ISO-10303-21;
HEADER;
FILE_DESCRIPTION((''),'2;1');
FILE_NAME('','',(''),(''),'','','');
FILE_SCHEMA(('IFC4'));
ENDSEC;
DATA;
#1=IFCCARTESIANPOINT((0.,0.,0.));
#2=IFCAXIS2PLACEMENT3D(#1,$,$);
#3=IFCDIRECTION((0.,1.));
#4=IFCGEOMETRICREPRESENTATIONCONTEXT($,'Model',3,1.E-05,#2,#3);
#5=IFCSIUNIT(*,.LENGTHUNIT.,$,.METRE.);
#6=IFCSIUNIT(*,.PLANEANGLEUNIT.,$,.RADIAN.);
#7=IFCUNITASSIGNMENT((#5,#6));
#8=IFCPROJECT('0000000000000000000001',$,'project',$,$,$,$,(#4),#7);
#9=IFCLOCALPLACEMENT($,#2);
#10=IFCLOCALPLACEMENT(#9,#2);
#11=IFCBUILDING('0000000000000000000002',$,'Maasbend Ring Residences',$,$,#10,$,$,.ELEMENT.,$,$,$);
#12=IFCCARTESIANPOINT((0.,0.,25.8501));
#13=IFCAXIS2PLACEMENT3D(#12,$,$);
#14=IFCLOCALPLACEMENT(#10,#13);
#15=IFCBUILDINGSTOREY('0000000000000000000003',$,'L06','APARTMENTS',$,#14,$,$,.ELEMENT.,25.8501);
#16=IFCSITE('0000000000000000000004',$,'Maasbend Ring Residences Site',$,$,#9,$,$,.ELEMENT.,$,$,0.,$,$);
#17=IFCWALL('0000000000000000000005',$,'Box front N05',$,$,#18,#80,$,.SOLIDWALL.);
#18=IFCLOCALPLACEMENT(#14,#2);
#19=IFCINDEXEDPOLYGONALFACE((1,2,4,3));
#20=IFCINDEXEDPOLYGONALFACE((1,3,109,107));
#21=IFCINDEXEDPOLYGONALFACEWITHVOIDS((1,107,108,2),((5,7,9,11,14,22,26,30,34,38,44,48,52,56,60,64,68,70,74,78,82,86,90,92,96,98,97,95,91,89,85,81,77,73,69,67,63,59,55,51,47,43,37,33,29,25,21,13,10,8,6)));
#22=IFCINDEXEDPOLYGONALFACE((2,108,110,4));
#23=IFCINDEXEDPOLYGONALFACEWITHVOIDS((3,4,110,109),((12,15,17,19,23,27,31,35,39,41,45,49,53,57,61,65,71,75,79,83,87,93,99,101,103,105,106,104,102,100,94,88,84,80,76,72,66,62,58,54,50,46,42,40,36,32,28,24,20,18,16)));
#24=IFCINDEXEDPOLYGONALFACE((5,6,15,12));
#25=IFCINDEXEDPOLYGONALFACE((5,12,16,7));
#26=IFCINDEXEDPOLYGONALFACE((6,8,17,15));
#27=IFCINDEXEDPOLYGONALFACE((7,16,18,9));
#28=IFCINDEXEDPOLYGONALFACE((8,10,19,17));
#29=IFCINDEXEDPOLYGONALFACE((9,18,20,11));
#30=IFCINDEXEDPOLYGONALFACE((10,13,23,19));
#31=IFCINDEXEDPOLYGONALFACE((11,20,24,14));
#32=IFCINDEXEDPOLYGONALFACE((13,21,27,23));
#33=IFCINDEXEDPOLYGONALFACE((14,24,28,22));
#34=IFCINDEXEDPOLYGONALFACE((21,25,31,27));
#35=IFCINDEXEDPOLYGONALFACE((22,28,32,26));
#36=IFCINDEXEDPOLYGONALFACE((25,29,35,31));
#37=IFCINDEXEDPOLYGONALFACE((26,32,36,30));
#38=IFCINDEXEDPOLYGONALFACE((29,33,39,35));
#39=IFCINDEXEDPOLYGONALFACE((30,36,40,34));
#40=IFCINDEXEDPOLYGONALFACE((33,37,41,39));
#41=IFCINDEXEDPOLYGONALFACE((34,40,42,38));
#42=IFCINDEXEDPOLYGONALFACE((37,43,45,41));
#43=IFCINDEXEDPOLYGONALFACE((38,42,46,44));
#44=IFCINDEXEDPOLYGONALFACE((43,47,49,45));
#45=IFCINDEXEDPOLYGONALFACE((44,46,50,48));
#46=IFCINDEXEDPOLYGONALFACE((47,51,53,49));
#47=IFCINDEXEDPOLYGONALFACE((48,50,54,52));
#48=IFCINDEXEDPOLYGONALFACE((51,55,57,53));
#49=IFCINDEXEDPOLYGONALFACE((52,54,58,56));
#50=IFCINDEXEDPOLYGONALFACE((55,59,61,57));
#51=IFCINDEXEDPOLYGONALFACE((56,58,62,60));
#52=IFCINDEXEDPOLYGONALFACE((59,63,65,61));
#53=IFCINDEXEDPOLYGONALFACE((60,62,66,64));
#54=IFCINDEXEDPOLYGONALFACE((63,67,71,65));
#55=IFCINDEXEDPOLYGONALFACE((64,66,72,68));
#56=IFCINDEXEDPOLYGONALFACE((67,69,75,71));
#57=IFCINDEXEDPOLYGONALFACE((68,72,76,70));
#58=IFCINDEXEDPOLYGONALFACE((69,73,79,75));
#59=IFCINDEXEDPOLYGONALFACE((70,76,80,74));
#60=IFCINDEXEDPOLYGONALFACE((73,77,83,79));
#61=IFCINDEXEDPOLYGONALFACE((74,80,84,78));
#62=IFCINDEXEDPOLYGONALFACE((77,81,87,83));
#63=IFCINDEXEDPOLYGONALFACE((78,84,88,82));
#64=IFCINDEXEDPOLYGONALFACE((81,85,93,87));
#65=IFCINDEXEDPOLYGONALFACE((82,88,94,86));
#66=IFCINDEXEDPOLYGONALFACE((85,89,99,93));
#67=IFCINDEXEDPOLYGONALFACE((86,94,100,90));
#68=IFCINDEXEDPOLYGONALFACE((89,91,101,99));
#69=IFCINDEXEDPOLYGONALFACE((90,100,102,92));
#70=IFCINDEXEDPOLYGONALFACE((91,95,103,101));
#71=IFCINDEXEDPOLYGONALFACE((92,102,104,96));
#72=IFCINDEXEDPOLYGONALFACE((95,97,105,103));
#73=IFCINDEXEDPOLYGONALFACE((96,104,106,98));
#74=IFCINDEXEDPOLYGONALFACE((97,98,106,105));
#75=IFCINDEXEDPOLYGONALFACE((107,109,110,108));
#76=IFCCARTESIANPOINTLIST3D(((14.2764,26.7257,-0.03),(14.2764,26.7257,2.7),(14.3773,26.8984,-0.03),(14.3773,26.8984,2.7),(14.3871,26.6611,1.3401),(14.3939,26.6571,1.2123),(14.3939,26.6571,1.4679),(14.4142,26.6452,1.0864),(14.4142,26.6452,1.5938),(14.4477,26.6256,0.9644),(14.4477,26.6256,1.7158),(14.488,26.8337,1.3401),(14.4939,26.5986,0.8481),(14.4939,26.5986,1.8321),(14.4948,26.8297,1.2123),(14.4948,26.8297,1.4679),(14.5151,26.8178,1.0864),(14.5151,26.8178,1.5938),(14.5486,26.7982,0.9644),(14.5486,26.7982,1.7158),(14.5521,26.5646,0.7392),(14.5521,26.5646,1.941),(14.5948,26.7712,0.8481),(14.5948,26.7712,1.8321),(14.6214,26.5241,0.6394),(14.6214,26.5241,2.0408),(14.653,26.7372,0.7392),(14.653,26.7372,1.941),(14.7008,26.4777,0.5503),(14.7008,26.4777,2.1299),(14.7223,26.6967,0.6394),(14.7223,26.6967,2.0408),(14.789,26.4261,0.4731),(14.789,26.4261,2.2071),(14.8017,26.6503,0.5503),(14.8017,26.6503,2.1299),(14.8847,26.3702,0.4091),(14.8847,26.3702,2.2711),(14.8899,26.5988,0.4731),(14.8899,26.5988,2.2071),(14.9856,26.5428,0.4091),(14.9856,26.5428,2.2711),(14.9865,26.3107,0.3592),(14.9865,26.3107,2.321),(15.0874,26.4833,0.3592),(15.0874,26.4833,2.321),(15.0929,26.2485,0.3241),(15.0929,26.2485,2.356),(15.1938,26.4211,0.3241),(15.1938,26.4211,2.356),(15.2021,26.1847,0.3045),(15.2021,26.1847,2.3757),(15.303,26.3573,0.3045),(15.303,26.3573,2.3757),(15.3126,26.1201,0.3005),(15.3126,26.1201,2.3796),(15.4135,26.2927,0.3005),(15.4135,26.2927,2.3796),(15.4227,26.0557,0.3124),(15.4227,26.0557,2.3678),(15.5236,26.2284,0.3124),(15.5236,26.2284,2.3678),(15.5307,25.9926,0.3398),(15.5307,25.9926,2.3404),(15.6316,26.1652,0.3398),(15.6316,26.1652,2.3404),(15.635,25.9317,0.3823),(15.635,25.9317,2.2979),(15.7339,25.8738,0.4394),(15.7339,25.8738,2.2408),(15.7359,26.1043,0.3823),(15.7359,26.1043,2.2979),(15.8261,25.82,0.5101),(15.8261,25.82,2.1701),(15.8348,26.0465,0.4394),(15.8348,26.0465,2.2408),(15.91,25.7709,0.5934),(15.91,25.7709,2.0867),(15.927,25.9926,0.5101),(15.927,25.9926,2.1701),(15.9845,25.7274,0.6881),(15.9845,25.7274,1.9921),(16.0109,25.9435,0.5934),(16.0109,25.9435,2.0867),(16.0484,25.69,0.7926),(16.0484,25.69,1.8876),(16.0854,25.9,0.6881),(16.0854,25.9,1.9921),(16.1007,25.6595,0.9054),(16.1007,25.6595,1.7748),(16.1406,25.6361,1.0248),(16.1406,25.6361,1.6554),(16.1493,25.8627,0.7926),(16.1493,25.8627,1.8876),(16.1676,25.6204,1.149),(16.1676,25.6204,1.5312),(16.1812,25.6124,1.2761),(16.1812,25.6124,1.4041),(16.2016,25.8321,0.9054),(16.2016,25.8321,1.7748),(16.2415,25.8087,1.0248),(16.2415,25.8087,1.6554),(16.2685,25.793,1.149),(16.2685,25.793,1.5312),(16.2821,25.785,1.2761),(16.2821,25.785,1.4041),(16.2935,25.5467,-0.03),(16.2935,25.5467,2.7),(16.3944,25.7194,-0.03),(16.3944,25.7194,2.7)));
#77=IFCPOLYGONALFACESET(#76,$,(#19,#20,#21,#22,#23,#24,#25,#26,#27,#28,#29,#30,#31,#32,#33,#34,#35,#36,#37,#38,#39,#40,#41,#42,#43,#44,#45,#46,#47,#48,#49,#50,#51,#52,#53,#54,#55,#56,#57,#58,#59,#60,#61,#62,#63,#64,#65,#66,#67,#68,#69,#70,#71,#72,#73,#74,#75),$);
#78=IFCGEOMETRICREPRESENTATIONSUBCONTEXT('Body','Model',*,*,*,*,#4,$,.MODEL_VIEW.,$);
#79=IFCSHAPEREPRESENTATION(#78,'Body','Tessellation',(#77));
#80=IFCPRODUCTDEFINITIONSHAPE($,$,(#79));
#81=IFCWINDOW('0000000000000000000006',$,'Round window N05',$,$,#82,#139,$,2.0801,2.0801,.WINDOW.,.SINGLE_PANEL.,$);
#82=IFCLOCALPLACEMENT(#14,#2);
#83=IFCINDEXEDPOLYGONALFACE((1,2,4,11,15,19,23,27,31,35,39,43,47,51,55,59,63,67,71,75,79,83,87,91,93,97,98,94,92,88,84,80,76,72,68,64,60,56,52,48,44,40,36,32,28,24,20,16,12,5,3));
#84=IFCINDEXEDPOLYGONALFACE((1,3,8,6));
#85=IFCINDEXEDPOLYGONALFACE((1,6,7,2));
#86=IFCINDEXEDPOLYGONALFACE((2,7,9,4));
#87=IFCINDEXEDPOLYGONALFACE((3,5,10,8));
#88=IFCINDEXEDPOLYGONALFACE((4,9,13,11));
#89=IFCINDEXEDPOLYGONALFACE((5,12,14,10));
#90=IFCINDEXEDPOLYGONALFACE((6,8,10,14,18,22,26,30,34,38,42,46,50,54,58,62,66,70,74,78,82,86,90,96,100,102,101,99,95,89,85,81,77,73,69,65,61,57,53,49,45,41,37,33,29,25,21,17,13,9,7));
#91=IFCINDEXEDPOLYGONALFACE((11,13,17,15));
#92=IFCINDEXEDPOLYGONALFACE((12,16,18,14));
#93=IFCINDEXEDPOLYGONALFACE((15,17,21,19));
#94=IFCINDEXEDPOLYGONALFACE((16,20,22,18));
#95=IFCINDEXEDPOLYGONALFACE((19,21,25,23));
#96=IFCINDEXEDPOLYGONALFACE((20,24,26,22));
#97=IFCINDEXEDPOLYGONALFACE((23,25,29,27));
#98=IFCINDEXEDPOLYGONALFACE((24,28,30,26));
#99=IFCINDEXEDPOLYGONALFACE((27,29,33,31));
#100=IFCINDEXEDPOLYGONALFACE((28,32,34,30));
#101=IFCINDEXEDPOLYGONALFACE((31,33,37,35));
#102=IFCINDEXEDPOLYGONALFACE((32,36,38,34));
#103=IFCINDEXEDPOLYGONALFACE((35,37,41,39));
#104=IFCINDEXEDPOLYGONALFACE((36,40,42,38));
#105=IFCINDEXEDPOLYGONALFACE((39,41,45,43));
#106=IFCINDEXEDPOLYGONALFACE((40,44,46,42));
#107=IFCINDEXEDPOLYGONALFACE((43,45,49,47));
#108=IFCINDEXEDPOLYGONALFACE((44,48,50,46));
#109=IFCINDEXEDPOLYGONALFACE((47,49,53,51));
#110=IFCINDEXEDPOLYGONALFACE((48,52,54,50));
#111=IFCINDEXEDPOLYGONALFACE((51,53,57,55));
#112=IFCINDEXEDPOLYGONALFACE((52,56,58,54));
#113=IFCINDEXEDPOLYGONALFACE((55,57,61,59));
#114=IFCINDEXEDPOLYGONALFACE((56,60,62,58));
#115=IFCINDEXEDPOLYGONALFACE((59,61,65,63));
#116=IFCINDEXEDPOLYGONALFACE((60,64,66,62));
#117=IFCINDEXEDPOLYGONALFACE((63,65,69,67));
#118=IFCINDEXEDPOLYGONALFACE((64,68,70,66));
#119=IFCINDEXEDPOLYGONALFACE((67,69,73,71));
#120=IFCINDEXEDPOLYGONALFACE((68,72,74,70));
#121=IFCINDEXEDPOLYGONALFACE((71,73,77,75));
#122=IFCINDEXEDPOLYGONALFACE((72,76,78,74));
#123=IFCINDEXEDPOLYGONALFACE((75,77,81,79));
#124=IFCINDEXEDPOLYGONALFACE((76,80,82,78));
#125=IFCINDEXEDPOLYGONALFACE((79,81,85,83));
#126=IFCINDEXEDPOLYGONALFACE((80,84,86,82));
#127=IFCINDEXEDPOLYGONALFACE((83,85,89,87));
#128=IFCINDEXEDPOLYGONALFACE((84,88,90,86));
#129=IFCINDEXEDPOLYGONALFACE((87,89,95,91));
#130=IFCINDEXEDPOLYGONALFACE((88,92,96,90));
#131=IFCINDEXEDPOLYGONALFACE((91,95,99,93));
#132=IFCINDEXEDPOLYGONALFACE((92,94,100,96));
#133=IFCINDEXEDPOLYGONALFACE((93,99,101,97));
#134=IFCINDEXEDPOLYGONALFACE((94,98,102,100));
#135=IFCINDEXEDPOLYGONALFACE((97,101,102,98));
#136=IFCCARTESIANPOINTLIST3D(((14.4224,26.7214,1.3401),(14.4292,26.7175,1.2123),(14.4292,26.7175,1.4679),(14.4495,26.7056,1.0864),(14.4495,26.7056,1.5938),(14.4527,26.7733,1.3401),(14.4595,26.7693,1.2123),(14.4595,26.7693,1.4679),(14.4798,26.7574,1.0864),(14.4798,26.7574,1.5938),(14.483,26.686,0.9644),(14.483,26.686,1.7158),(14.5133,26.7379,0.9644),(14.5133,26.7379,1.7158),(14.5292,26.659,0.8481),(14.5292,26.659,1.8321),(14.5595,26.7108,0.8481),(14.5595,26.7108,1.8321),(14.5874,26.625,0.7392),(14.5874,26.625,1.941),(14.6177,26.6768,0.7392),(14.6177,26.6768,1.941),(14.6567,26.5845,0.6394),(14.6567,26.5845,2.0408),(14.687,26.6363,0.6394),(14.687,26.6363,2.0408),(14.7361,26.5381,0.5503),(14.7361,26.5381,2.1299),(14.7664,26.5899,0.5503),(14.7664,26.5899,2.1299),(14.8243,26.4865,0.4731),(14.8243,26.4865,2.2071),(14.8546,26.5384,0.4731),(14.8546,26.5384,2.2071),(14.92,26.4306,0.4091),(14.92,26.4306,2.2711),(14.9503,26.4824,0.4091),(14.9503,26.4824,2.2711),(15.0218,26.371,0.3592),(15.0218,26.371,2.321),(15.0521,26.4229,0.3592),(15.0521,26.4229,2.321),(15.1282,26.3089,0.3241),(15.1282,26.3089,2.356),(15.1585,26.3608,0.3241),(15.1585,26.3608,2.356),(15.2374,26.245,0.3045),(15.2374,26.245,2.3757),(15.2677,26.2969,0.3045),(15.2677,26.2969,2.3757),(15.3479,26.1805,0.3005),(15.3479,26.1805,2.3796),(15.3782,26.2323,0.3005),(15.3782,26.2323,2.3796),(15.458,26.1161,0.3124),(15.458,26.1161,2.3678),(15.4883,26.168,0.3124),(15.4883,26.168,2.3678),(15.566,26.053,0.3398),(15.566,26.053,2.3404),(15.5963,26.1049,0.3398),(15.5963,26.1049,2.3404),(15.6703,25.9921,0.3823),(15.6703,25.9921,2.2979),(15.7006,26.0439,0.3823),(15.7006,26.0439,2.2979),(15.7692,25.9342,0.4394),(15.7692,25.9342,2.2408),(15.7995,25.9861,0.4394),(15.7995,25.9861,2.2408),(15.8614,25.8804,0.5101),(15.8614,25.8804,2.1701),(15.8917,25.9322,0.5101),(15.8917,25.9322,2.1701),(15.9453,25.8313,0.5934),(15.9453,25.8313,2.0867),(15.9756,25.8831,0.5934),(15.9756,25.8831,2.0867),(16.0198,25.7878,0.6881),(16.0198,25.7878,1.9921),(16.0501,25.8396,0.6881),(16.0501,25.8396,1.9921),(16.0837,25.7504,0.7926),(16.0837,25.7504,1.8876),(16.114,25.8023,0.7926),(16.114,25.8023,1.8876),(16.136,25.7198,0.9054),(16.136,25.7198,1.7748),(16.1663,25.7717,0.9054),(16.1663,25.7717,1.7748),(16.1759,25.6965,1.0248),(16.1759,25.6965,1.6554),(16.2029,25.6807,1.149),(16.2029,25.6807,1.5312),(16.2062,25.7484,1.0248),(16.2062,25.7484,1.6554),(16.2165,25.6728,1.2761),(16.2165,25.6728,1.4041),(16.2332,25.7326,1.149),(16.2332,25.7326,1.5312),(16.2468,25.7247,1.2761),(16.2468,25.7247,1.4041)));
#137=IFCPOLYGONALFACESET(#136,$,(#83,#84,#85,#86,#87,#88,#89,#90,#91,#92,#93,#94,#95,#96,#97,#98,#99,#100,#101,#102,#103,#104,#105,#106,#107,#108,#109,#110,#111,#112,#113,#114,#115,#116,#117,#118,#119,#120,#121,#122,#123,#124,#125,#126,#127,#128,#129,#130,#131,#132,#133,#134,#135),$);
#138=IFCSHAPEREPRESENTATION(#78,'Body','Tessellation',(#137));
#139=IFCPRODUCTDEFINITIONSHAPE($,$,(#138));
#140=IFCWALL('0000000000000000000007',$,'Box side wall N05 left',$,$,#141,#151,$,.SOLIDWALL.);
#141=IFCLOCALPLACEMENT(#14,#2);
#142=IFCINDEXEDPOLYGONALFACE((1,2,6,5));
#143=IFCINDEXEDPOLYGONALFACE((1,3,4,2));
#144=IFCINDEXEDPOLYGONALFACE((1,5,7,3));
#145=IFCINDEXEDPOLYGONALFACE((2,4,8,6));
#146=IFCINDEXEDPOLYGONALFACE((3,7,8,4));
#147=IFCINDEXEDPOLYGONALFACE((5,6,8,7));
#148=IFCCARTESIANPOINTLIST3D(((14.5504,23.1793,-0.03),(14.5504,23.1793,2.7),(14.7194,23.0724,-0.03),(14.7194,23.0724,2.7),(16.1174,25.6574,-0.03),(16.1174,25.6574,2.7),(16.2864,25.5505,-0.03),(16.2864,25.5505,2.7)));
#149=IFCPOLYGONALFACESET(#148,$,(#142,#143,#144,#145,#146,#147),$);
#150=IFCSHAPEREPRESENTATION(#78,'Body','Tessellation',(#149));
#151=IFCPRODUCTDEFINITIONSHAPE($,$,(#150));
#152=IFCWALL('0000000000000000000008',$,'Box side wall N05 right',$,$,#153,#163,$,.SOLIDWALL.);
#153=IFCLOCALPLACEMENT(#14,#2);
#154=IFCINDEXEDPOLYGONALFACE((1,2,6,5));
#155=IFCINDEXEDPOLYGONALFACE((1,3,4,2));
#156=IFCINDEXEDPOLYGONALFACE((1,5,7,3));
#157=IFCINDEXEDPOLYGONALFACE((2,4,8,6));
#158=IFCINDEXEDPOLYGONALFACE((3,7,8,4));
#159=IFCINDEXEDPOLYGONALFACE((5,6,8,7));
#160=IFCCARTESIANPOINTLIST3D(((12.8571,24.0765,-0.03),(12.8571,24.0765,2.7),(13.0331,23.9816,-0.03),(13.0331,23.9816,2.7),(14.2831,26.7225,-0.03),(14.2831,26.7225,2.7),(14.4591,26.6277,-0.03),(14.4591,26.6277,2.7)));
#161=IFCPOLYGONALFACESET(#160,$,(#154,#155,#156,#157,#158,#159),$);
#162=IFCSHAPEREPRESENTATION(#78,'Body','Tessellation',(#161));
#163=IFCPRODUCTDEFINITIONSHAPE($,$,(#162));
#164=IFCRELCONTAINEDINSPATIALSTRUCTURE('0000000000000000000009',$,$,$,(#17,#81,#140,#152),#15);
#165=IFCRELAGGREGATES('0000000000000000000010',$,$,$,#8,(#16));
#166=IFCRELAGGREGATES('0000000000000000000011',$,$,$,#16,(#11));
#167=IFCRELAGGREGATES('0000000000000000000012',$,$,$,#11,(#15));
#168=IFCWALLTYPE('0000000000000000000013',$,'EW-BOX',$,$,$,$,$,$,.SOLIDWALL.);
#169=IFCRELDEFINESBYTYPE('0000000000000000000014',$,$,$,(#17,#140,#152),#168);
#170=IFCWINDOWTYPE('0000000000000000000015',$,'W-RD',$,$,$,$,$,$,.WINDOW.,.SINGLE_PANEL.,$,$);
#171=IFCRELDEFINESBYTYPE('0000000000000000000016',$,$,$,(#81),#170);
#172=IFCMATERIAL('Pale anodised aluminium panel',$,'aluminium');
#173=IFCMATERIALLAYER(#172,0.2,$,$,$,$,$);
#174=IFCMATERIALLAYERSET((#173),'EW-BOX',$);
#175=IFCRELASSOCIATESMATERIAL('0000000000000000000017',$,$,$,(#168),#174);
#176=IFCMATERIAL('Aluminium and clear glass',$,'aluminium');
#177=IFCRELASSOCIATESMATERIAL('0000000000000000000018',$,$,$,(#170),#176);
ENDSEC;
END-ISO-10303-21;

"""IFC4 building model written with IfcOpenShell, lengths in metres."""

from ifc_helpers import new_model, si_unit, direction, frame, frame_2d, origin, place, context, subcontext, project, spatial, rectangle, circle, extrude, material, layer, layer_set, type_object, element, fill, save


model = new_model("IFC4")

# Units and contexts
model_context = context("Model", 3, precision=1e-05, world=origin(), true_north=direction((0.0, 1.0)))
body_context = subcontext(model_context, "Body", "Model", "MODEL_VIEW")
ifc_project = project(units=[si_unit("LENGTHUNIT", "METRE"), si_unit("PLANEANGLEUNIT", "RADIAN")], contexts=[model_context])

# Site, building, storey
site_placement = place(None, origin())
site = spatial("IfcSite", under=ifc_project, at=site_placement, Name="Maasbend Ring Residences Site", CompositionType="ELEMENT", RefElevation=0.0)
building_placement = place(site_placement, origin())
building = spatial("IfcBuilding", under=site, at=building_placement, Name="Maasbend Ring Residences", CompositionType="ELEMENT")
storey_placement = place(building_placement, frame((0.0, 0.0, 25.8501)))
storey = spatial("IfcBuildingStorey", under=building, at=storey_placement, Name="L06", Description="APARTMENTS", CompositionType="ELEMENT", Elevation=25.8501)

# Shared definitions
ifc_material_1 = material(Name="Pale anodised aluminium panel", Category="aluminium")
ifc_layer_1 = layer(ifc_material_1, 0.2)
ifc_layer_set_1 = layer_set([ifc_layer_1], Name="EW-BOX")
wall_type_1 = type_object("IfcWallType", Name="EW-BOX", PredefinedType="SOLIDWALL", material=ifc_layer_set_1)
ifc_material_2 = material(Name="Aluminium and clear glass", Category="aluminium")
window_type_1 = type_object("IfcWindowType", Name="W-RD", PartitioningType="SINGLE_PANEL", PredefinedType="WINDOW", material=ifc_material_2)

# Wall, opening, window
wall_1_placement = place(storey_placement, frame((16.344, 25.6331, -0.03), z_axis=(0.0, 0.0, 1.0), x_axis=(-0.863347, 0.504612, 0.0)))
wall_1 = element("IfcWall", 1, at=wall_1_placement, inside=storey, type_object=wall_type_1, Name="Box front N05", PredefinedType="SOLIDWALL", context=body_context, shape_type="SweptSolid", body=[
    extrude(rectangle(XDim=2.3364, YDim=0.2, at=frame_2d((1.1682, 0.0))), origin(), (0.0, 0.0, 1.0), 2.73),
])
opening_1_placement = place(wall_1_placement, frame((0.1282, 0.0, 0.3301)))
opening_1 = element("IfcOpeningElement", 2, at=opening_1_placement, cuts=wall_1, PredefinedType="OPENING", context=body_context, shape_type="SweptSolid", body=[
    extrude(circle(Radius=1.04, at=frame_2d((1.04, 1.04))), frame((0.0, 0.1099, 0.0), z_axis=(0.0, -1.0, 0.0), x_axis=(1.0, 0.0, 0.0)), (0.0, 0.0, 1.0), 0.22),
])
window_1_placement = place(opening_1_placement, origin())
window_1 = element("IfcWindow", 3, at=window_1_placement, inside=storey, type_object=window_type_1, Name="Round window N05", OverallHeight=2.0801, OverallWidth=2.0801, PartitioningType="SINGLE_PANEL", PredefinedType="WINDOW", context=body_context, shape_type="SweptSolid", body=[
    extrude(circle(Radius=1.04, at=frame_2d((1.04, 1.04))), frame((0.0, 0.03, 0.0), z_axis=(0.0, -1.0, 0.0), x_axis=(1.0, 0.0, 0.0)), (0.0, 0.0, 1.0), 0.0601),
])
fill(opening_1, window_1)

# Walls
wall_2_placement = place(storey_placement, frame((14.635, 23.126, -0.03), z_axis=(0.0, 0.0, 1.0), x_axis=(0.534438, 0.845208, 0.0)))
element("IfcWall", 4, at=wall_2_placement, inside=storey, type_object=wall_type_1, Name="Box side wall N05 left", PredefinedType="SOLIDWALL", context=body_context, shape_type="SweptSolid", body=[
    extrude(rectangle(XDim=2.9319, YDim=0.2, at=frame_2d((1.4658, 0.0))), origin(), (0.0, 0.0, 1.0), 2.73),
])
wall_3_placement = place(storey_placement, frame((12.9451, 24.0291, -0.03), z_axis=(0.0, 0.0, 1.0), x_axis=(0.474424, 0.880296, 0.0)))
element("IfcWall", 5, at=wall_3_placement, inside=storey, type_object=wall_type_1, Name="Box side wall N05 right", PredefinedType="SOLIDWALL", context=body_context, shape_type="SweptSolid", body=[
    extrude(rectangle(XDim=3.0059, YDim=0.2, at=frame_2d((1.5029, 0.0))), origin(), (0.0, 0.0, 1.0), 2.73),
])

save(model, "model.ifc")
